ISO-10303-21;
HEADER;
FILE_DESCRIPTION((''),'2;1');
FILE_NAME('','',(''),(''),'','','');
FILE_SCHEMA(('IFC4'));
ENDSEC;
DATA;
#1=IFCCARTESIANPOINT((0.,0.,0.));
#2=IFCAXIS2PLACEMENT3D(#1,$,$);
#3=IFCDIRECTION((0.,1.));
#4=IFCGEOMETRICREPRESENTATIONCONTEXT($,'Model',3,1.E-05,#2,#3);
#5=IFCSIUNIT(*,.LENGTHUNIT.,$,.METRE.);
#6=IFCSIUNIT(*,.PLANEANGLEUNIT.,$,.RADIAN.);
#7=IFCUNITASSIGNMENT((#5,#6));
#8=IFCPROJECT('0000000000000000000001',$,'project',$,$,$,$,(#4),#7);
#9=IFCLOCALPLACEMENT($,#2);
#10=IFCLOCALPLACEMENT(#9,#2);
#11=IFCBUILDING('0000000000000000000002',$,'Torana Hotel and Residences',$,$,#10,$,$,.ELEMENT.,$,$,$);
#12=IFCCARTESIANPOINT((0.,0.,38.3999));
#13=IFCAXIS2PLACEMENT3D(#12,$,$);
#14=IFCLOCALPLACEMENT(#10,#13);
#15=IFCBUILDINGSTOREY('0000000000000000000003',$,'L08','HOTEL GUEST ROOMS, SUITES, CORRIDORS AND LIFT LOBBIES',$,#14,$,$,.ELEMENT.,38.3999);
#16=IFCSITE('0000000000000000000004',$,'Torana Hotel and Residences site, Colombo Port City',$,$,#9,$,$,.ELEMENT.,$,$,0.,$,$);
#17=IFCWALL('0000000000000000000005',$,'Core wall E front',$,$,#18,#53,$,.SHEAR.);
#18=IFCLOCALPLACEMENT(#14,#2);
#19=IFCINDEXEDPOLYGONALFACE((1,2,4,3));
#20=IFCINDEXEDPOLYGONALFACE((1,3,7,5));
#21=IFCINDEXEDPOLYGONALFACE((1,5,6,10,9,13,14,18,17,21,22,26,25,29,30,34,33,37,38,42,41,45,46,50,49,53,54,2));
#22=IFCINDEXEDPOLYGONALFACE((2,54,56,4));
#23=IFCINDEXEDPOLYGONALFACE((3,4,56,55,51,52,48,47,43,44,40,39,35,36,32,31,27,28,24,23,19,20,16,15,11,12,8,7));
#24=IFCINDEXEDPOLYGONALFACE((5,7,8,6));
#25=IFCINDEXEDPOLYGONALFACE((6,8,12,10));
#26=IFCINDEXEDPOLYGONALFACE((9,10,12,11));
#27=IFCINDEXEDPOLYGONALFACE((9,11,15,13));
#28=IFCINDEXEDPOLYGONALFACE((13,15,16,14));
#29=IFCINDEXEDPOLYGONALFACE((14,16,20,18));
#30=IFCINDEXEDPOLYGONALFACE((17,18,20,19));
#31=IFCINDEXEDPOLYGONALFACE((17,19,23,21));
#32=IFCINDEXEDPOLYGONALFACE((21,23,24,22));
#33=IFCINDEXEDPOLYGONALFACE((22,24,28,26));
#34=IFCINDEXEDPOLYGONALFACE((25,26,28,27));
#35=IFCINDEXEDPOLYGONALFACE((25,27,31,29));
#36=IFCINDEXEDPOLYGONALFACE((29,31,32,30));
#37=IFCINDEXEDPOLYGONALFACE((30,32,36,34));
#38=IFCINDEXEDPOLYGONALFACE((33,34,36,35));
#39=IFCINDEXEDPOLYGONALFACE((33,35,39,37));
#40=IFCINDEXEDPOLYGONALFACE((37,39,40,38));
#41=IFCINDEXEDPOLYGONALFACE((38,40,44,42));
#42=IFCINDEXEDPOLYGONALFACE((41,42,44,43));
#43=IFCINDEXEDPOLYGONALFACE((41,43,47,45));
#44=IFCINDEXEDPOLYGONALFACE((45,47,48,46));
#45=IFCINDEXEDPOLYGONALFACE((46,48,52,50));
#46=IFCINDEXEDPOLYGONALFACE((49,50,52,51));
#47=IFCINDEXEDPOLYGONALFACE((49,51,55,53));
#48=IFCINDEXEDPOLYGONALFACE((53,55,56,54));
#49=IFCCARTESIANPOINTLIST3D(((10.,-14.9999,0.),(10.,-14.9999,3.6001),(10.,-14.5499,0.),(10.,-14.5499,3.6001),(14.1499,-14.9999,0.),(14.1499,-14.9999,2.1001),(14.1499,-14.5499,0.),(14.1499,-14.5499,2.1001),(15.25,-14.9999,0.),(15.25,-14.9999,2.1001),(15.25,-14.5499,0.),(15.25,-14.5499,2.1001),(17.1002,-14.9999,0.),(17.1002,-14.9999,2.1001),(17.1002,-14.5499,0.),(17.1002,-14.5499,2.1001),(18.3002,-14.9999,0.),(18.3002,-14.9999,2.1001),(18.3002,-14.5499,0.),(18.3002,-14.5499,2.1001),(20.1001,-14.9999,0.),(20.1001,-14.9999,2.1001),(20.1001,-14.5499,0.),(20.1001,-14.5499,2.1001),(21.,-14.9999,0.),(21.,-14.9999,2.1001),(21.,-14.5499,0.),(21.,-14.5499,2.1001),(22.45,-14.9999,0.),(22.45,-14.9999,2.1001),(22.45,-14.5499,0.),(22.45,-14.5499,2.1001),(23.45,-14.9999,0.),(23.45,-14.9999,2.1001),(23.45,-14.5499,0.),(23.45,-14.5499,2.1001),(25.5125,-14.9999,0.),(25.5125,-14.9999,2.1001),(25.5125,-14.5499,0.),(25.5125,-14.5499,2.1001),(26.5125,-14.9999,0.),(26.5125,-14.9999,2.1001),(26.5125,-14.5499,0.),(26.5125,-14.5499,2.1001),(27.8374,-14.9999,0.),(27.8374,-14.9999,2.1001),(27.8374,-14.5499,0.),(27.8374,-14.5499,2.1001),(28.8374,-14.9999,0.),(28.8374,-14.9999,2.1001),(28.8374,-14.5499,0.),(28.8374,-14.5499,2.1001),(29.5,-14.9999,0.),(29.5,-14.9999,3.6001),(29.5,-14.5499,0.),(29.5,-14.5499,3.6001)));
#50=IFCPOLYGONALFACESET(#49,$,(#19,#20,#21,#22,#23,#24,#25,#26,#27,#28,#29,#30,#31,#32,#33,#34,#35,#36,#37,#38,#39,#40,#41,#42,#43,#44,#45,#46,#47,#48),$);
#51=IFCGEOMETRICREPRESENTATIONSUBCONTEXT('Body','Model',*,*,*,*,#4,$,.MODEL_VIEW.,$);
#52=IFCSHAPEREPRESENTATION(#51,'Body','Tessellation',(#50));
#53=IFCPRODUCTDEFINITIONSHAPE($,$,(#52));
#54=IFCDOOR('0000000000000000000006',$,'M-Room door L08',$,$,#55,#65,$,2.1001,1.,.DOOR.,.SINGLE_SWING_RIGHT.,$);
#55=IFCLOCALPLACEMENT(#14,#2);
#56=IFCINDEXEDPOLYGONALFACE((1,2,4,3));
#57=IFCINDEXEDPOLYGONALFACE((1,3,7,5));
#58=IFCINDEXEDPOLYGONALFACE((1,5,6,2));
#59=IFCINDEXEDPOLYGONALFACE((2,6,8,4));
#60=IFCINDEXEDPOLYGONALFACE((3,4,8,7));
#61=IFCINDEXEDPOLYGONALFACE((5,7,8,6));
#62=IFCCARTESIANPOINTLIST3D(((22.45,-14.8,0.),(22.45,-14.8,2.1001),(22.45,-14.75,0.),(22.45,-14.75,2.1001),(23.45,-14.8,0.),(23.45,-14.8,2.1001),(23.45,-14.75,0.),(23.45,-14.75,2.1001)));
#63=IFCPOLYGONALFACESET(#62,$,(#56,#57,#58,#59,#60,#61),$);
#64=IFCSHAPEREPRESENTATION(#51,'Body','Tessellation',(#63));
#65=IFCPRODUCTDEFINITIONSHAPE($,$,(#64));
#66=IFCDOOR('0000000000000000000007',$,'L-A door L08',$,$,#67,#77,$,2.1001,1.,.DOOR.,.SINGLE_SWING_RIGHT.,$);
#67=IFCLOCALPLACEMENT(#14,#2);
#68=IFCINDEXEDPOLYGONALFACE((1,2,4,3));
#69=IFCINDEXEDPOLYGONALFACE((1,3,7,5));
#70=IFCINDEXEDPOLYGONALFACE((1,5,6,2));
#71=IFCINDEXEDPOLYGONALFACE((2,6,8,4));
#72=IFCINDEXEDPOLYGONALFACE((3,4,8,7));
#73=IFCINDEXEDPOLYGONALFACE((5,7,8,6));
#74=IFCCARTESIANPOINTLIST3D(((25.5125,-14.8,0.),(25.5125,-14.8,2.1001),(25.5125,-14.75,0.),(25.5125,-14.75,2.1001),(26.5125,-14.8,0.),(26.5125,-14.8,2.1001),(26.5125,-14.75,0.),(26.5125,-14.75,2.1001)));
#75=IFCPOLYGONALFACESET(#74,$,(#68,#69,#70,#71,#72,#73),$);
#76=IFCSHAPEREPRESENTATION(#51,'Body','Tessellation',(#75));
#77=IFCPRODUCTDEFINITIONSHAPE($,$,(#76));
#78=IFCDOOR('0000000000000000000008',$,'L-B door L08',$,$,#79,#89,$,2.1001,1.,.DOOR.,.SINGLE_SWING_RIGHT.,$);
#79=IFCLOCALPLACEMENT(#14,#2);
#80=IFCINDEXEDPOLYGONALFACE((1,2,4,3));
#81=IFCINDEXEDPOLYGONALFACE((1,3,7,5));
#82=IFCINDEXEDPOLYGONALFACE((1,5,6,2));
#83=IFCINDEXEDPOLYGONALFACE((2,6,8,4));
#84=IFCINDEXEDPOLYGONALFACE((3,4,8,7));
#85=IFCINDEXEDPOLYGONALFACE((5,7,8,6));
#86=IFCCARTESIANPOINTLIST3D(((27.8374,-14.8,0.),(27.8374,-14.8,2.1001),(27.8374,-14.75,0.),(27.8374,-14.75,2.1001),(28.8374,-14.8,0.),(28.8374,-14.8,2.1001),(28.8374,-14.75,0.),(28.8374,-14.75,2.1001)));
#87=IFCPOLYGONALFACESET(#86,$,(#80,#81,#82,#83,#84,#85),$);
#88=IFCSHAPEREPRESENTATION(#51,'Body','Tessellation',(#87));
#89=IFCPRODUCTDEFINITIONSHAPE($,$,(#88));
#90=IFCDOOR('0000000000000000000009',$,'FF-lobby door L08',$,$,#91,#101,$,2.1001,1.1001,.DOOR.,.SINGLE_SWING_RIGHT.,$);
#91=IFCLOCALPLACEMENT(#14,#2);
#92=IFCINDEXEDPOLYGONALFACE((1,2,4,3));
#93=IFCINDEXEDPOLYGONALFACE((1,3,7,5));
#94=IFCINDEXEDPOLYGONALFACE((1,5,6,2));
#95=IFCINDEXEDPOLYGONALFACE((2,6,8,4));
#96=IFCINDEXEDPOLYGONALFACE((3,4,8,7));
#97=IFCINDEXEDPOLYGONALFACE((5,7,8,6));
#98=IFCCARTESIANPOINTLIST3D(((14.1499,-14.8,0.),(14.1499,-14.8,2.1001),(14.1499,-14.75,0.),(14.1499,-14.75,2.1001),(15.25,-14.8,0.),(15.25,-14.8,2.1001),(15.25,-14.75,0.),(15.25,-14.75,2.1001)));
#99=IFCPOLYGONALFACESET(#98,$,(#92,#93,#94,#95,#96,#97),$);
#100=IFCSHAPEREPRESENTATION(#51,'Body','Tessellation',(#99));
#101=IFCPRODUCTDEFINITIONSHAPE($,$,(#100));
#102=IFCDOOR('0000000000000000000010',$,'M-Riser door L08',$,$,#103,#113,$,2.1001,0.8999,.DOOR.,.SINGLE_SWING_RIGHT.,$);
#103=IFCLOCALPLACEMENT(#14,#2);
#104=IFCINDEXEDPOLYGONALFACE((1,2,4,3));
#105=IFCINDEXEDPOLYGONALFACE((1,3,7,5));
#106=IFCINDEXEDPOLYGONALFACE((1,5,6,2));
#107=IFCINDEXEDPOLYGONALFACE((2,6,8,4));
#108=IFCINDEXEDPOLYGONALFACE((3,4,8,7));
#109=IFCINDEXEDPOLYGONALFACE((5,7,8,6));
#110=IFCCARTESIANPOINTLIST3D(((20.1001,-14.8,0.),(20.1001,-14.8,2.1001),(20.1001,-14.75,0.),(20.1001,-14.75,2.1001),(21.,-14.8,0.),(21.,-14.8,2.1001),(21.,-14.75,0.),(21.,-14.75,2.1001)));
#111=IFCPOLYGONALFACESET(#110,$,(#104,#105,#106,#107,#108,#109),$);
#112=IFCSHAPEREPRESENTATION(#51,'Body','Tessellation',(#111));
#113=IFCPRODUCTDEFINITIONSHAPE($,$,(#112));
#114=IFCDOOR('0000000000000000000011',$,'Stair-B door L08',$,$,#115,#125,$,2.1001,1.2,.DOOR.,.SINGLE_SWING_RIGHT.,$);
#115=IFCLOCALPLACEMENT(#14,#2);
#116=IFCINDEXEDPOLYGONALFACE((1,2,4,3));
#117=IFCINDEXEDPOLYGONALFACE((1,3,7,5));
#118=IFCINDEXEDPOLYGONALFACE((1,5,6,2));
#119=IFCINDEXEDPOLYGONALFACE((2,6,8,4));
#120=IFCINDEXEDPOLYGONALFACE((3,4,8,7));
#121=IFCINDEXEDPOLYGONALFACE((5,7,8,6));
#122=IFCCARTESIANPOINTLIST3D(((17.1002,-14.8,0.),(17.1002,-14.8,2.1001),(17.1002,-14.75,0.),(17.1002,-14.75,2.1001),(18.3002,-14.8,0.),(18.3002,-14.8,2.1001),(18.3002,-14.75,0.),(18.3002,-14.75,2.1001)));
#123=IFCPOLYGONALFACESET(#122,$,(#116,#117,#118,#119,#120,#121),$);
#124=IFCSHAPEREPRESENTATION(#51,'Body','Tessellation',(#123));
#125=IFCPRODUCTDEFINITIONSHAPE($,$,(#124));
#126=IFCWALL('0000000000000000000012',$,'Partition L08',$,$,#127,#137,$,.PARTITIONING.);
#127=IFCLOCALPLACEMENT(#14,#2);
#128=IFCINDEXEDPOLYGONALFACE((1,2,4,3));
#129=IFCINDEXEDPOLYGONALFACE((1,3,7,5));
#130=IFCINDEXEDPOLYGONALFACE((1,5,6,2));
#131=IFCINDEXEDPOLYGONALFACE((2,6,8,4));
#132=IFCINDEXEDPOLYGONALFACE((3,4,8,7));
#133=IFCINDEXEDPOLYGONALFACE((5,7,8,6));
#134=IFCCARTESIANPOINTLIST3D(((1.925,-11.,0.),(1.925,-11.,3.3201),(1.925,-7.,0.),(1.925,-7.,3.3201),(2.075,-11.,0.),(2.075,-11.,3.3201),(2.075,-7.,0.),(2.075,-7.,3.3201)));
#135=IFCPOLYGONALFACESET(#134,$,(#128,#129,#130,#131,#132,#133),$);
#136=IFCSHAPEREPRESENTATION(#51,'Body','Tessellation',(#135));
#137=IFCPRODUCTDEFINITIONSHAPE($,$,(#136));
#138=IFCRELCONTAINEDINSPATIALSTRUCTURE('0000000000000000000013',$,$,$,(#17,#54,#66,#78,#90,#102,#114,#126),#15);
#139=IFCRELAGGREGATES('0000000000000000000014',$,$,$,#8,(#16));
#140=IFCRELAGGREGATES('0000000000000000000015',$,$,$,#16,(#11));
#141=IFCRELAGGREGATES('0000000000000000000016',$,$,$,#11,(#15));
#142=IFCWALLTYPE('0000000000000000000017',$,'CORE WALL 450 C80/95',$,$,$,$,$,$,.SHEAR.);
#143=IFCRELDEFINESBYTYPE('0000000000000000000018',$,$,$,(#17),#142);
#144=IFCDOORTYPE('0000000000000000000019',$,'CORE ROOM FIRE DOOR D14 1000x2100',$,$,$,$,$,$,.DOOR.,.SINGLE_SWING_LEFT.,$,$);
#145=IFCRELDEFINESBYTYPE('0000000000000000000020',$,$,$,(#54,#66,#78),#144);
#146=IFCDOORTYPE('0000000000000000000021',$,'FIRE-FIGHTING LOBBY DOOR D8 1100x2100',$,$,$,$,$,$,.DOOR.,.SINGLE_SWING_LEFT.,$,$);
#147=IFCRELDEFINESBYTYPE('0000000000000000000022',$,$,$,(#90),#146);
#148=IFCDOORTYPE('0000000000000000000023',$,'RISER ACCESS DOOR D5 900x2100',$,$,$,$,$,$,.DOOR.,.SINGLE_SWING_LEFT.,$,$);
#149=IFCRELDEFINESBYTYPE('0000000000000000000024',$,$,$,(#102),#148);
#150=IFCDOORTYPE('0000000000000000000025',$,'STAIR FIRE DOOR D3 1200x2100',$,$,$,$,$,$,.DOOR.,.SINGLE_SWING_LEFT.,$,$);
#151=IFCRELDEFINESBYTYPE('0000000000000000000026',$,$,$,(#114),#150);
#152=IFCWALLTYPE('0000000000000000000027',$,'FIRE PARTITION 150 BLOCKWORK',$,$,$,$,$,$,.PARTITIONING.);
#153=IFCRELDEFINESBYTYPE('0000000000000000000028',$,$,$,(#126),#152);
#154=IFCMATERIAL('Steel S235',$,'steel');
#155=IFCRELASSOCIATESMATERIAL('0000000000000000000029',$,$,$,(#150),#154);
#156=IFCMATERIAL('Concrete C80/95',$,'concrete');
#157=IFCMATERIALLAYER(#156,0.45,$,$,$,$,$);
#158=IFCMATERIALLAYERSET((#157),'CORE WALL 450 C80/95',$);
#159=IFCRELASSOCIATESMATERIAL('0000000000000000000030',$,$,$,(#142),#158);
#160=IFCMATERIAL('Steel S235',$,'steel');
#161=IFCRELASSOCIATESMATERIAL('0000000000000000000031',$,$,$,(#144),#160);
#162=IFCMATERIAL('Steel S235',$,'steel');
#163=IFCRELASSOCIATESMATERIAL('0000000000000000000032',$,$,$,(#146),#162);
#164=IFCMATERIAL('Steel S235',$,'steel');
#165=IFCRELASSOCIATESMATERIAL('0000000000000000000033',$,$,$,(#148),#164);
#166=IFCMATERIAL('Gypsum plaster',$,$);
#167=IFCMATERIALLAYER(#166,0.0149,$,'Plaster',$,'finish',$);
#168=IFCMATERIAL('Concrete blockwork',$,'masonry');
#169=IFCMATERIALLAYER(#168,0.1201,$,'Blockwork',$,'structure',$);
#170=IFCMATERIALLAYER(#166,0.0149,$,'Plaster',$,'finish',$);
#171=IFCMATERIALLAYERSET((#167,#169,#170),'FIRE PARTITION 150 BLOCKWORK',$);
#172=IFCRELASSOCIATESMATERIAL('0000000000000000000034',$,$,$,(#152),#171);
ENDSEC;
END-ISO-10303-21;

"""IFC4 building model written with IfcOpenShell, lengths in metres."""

from ifc_helpers import new_model, si_unit, direction, frame, frame_2d, origin, place, context, subcontext, project, spatial, rectangle, extrude, material, layer, layer_set, type_object, element, fill, save


model = new_model("IFC4")

# Units and contexts
model_context = context("Model", 3, precision=1e-05, world=origin(), true_north=direction((0.0, 1.0)))
body_context = subcontext(model_context, "Body", "Model", "MODEL_VIEW")
ifc_project = project(units=[si_unit("LENGTHUNIT", "METRE"), si_unit("PLANEANGLEUNIT", "RADIAN")], contexts=[model_context])

# Site, building, storey
site_placement = place(None, origin())
site = spatial("IfcSite", under=ifc_project, at=site_placement, Name="Torana Hotel and Residences site, Colombo Port City", CompositionType="ELEMENT", RefElevation=0.0)
building_placement = place(site_placement, origin())
building = spatial("IfcBuilding", under=site, at=building_placement, Name="Torana Hotel and Residences", CompositionType="ELEMENT")
storey_placement = place(building_placement, frame((0.0, 0.0, 38.3999)))
storey = spatial("IfcBuildingStorey", under=building, at=storey_placement, Name="L08", Description="HOTEL GUEST ROOMS, SUITES, CORRIDORS AND LIFT LOBBIES", CompositionType="ELEMENT", Elevation=38.3999)

# Wall, openings, doors
ifc_material_1 = material(Name="Steel S235", Category="steel")
door_type_1 = type_object("IfcDoorType", Name="STAIR FIRE DOOR D3 1200x2100", OperationType="SINGLE_SWING_LEFT", PredefinedType="DOOR", material=ifc_material_1)
ifc_material_2 = material(Name="Concrete C80/95", Category="concrete")
ifc_layer_1 = layer(ifc_material_2, 0.45)
ifc_layer_set_1 = layer_set([ifc_layer_1], Name="CORE WALL 450 C80/95")
wall_type_1 = type_object("IfcWallType", Name="CORE WALL 450 C80/95", PredefinedType="SHEAR", material=ifc_layer_set_1)
wall_1_placement = place(storey_placement, frame((10.0, -14.7749, 0.0), z_axis=(0.0, 0.0, 1.0), x_axis=(1.0, 0.0, 0.0)))
wall_1 = element("IfcWall", 1, at=wall_1_placement, inside=storey, type_object=wall_type_1, Name="Core wall E front", PredefinedType="SHEAR", context=body_context, shape_type="SweptSolid", body=[
    extrude(rectangle(XDim=19.5, YDim=0.45, at=frame_2d((9.75, 0.0))), origin(), (0.0, 0.0, 1.0), 3.6001),
])
opening_1_placement = place(wall_1_placement, frame((7.1001, 0.0, 0.0)))
opening_1 = element("IfcOpeningElement", 2, at=opening_1_placement, cuts=wall_1, PredefinedType="OPENING", context=body_context, shape_type="SweptSolid", body=[
    extrude(rectangle(XDim=1.2, YDim=2.1001, at=frame_2d((0.6001, 1.05))), frame((0.0, 0.2349, 0.0), z_axis=(0.0, -1.0, 0.0), x_axis=(1.0, 0.0, 0.0)), (0.0, 0.0, 1.0), 0.47),
])
opening_2_placement = place(wall_1_placement, frame((4.1499, 0.0, 0.0)))
opening_2 = element("IfcOpeningElement", 3, at=opening_2_placement, cuts=wall_1, PredefinedType="OPENING", context=body_context, shape_type="SweptSolid", body=[
    extrude(rectangle(XDim=1.1001, YDim=2.1001, at=frame_2d((0.55, 1.05))), frame((0.0, 0.2349, 0.0), z_axis=(0.0, -1.0, 0.0), x_axis=(1.0, 0.0, 0.0)), (0.0, 0.0, 1.0), 0.47),
])
opening_3_placement = place(wall_1_placement, frame((10.1001, 0.0, 0.0)))
opening_3 = element("IfcOpeningElement", 4, at=opening_3_placement, cuts=wall_1, PredefinedType="OPENING", context=body_context, shape_type="SweptSolid", body=[
    extrude(rectangle(XDim=0.8999, YDim=2.1001, at=frame_2d((0.45, 1.05))), frame((0.0, 0.2349, 0.0), z_axis=(0.0, -1.0, 0.0), x_axis=(1.0, 0.0, 0.0)), (0.0, 0.0, 1.0), 0.47),
])
opening_4_placement = place(wall_1_placement, frame((12.45, 0.0, 0.0)))
opening_4 = element("IfcOpeningElement", 5, at=opening_4_placement, cuts=wall_1, PredefinedType="OPENING", context=body_context, shape_type="SweptSolid", body=[
    extrude(rectangle(XDim=1.0, YDim=2.1001, at=frame_2d((0.5, 1.05))), frame((0.0, 0.2349, 0.0), z_axis=(0.0, -1.0, 0.0), x_axis=(1.0, 0.0, 0.0)), (0.0, 0.0, 1.0), 0.47),
])
opening_5_placement = place(wall_1_placement, frame((15.5125, 0.0, 0.0)))
opening_5 = element("IfcOpeningElement", 6, at=opening_5_placement, cuts=wall_1, PredefinedType="OPENING", context=body_context, shape_type="SweptSolid", body=[
    extrude(rectangle(XDim=1.0, YDim=2.1001, at=frame_2d((0.5, 1.05))), frame((0.0, 0.2349, 0.0), z_axis=(0.0, -1.0, 0.0), x_axis=(1.0, 0.0, 0.0)), (0.0, 0.0, 1.0), 0.47),
])
opening_6_placement = place(wall_1_placement, frame((17.8374, 0.0, 0.0)))
opening_6 = element("IfcOpeningElement", 7, at=opening_6_placement, cuts=wall_1, PredefinedType="OPENING", context=body_context, shape_type="SweptSolid", body=[
    extrude(rectangle(XDim=1.0, YDim=2.1001, at=frame_2d((0.5, 1.05))), frame((0.0, 0.2349, 0.0), z_axis=(0.0, -1.0, 0.0), x_axis=(1.0, 0.0, 0.0)), (0.0, 0.0, 1.0), 0.47),
])
ifc_material_3 = material(Name="Steel S235", Category="steel")
door_type_2 = type_object("IfcDoorType", Name="CORE ROOM FIRE DOOR D14 1000x2100", OperationType="SINGLE_SWING_LEFT", PredefinedType="DOOR", material=ifc_material_3)
door_1_placement = place(opening_4_placement, origin())
door_1 = element("IfcDoor", 8, at=door_1_placement, inside=storey, type_object=door_type_2, Name="M-Room door L08", OperationType="SINGLE_SWING_RIGHT", OverallHeight=2.1001, OverallWidth=1.0, PredefinedType="DOOR", context=body_context, shape_type="SweptSolid", body=[
    extrude(rectangle(XDim=1.0, YDim=2.1001, at=frame_2d((0.5, 1.05))), frame((0.0, 0.0249, 0.0), z_axis=(0.0, -1.0, 0.0), x_axis=(1.0, 0.0, 0.0)), (0.0, 0.0, 1.0), 0.05),
])
fill(opening_4, door_1)
door_2_placement = place(opening_5_placement, origin())
door_2 = element("IfcDoor", 9, at=door_2_placement, inside=storey, type_object=door_type_2, Name="L-A door L08", OperationType="SINGLE_SWING_RIGHT", OverallHeight=2.1001, OverallWidth=1.0, PredefinedType="DOOR", context=body_context, shape_type="SweptSolid", body=[
    extrude(rectangle(XDim=1.0, YDim=2.1001, at=frame_2d((0.5, 1.05))), frame((0.0, 0.0249, 0.0), z_axis=(0.0, -1.0, 0.0), x_axis=(1.0, 0.0, 0.0)), (0.0, 0.0, 1.0), 0.05),
])
fill(opening_5, door_2)
door_3_placement = place(opening_6_placement, origin())
door_3 = element("IfcDoor", 10, at=door_3_placement, inside=storey, type_object=door_type_2, Name="L-B door L08", OperationType="SINGLE_SWING_RIGHT", OverallHeight=2.1001, OverallWidth=1.0, PredefinedType="DOOR", context=body_context, shape_type="SweptSolid", body=[
    extrude(rectangle(XDim=1.0, YDim=2.1001, at=frame_2d((0.5, 1.05))), frame((0.0, 0.0249, 0.0), z_axis=(0.0, -1.0, 0.0), x_axis=(1.0, 0.0, 0.0)), (0.0, 0.0, 1.0), 0.05),
])
fill(opening_6, door_3)
ifc_material_4 = material(Name="Steel S235", Category="steel")
door_type_3 = type_object("IfcDoorType", Name="FIRE-FIGHTING LOBBY DOOR D8 1100x2100", OperationType="SINGLE_SWING_LEFT", PredefinedType="DOOR", material=ifc_material_4)
door_4_placement = place(opening_2_placement, origin())
door_4 = element("IfcDoor", 11, at=door_4_placement, inside=storey, type_object=door_type_3, Name="FF-lobby door L08", OperationType="SINGLE_SWING_RIGHT", OverallHeight=2.1001, OverallWidth=1.1001, PredefinedType="DOOR", context=body_context, shape_type="SweptSolid", body=[
    extrude(rectangle(XDim=1.1001, YDim=2.1001, at=frame_2d((0.55, 1.05))), frame((0.0, 0.0249, 0.0), z_axis=(0.0, -1.0, 0.0), x_axis=(1.0, 0.0, 0.0)), (0.0, 0.0, 1.0), 0.05),
])
fill(opening_2, door_4)
ifc_material_5 = material(Name="Steel S235", Category="steel")
door_type_4 = type_object("IfcDoorType", Name="RISER ACCESS DOOR D5 900x2100", OperationType="SINGLE_SWING_LEFT", PredefinedType="DOOR", material=ifc_material_5)
door_5_placement = place(opening_3_placement, origin())
door_5 = element("IfcDoor", 12, at=door_5_placement, inside=storey, type_object=door_type_4, Name="M-Riser door L08", OperationType="SINGLE_SWING_RIGHT", OverallHeight=2.1001, OverallWidth=0.8999, PredefinedType="DOOR", context=body_context, shape_type="SweptSolid", body=[
    extrude(rectangle(XDim=0.8999, YDim=2.1001, at=frame_2d((0.45, 1.05))), frame((0.0, 0.0249, 0.0), z_axis=(0.0, -1.0, 0.0), x_axis=(1.0, 0.0, 0.0)), (0.0, 0.0, 1.0), 0.05),
])
fill(opening_3, door_5)
door_6_placement = place(opening_1_placement, origin())
door_6 = element("IfcDoor", 13, at=door_6_placement, inside=storey, type_object=door_type_1, Name="Stair-B door L08", OperationType="SINGLE_SWING_RIGHT", OverallHeight=2.1001, OverallWidth=1.2, PredefinedType="DOOR", context=body_context, shape_type="SweptSolid", body=[
    extrude(rectangle(XDim=1.2, YDim=2.1001, at=frame_2d((0.6001, 1.05))), frame((0.0, 0.0249, 0.0), z_axis=(0.0, -1.0, 0.0), x_axis=(1.0, 0.0, 0.0)), (0.0, 0.0, 1.0), 0.05),
])
fill(opening_1, door_6)

# Wall
ifc_material_6 = material(Name="Gypsum plaster")
ifc_layer_2 = layer(ifc_material_6, 0.0149, Name="Plaster", Category="finish")
ifc_material_7 = material(Name="Concrete blockwork", Category="masonry")
ifc_layer_3 = layer(ifc_material_7, 0.1201, Name="Blockwork", Category="structure")
ifc_layer_4 = layer(ifc_material_6, 0.0149, Name="Plaster", Category="finish")
ifc_layer_set_2 = layer_set([ifc_layer_2, ifc_layer_3, ifc_layer_4], Name="FIRE PARTITION 150 BLOCKWORK")
wall_type_2 = type_object("IfcWallType", Name="FIRE PARTITION 150 BLOCKWORK", PredefinedType="PARTITIONING", material=ifc_layer_set_2)
wall_2_placement = place(storey_placement, frame((2.0, -11.0, 0.0), z_axis=(0.0, 0.0, 1.0), x_axis=(0.0, 1.0, 0.0)))
element("IfcWall", 14, at=wall_2_placement, inside=storey, type_object=wall_type_2, Name="Partition L08", PredefinedType="PARTITIONING", context=body_context, shape_type="SweptSolid", body=[
    extrude(rectangle(XDim=4.0, YDim=0.1499, at=frame_2d((2.0, 0.0))), origin(), (0.0, 0.0, 1.0), 3.3201),
])

save(model, "model.ifc")
